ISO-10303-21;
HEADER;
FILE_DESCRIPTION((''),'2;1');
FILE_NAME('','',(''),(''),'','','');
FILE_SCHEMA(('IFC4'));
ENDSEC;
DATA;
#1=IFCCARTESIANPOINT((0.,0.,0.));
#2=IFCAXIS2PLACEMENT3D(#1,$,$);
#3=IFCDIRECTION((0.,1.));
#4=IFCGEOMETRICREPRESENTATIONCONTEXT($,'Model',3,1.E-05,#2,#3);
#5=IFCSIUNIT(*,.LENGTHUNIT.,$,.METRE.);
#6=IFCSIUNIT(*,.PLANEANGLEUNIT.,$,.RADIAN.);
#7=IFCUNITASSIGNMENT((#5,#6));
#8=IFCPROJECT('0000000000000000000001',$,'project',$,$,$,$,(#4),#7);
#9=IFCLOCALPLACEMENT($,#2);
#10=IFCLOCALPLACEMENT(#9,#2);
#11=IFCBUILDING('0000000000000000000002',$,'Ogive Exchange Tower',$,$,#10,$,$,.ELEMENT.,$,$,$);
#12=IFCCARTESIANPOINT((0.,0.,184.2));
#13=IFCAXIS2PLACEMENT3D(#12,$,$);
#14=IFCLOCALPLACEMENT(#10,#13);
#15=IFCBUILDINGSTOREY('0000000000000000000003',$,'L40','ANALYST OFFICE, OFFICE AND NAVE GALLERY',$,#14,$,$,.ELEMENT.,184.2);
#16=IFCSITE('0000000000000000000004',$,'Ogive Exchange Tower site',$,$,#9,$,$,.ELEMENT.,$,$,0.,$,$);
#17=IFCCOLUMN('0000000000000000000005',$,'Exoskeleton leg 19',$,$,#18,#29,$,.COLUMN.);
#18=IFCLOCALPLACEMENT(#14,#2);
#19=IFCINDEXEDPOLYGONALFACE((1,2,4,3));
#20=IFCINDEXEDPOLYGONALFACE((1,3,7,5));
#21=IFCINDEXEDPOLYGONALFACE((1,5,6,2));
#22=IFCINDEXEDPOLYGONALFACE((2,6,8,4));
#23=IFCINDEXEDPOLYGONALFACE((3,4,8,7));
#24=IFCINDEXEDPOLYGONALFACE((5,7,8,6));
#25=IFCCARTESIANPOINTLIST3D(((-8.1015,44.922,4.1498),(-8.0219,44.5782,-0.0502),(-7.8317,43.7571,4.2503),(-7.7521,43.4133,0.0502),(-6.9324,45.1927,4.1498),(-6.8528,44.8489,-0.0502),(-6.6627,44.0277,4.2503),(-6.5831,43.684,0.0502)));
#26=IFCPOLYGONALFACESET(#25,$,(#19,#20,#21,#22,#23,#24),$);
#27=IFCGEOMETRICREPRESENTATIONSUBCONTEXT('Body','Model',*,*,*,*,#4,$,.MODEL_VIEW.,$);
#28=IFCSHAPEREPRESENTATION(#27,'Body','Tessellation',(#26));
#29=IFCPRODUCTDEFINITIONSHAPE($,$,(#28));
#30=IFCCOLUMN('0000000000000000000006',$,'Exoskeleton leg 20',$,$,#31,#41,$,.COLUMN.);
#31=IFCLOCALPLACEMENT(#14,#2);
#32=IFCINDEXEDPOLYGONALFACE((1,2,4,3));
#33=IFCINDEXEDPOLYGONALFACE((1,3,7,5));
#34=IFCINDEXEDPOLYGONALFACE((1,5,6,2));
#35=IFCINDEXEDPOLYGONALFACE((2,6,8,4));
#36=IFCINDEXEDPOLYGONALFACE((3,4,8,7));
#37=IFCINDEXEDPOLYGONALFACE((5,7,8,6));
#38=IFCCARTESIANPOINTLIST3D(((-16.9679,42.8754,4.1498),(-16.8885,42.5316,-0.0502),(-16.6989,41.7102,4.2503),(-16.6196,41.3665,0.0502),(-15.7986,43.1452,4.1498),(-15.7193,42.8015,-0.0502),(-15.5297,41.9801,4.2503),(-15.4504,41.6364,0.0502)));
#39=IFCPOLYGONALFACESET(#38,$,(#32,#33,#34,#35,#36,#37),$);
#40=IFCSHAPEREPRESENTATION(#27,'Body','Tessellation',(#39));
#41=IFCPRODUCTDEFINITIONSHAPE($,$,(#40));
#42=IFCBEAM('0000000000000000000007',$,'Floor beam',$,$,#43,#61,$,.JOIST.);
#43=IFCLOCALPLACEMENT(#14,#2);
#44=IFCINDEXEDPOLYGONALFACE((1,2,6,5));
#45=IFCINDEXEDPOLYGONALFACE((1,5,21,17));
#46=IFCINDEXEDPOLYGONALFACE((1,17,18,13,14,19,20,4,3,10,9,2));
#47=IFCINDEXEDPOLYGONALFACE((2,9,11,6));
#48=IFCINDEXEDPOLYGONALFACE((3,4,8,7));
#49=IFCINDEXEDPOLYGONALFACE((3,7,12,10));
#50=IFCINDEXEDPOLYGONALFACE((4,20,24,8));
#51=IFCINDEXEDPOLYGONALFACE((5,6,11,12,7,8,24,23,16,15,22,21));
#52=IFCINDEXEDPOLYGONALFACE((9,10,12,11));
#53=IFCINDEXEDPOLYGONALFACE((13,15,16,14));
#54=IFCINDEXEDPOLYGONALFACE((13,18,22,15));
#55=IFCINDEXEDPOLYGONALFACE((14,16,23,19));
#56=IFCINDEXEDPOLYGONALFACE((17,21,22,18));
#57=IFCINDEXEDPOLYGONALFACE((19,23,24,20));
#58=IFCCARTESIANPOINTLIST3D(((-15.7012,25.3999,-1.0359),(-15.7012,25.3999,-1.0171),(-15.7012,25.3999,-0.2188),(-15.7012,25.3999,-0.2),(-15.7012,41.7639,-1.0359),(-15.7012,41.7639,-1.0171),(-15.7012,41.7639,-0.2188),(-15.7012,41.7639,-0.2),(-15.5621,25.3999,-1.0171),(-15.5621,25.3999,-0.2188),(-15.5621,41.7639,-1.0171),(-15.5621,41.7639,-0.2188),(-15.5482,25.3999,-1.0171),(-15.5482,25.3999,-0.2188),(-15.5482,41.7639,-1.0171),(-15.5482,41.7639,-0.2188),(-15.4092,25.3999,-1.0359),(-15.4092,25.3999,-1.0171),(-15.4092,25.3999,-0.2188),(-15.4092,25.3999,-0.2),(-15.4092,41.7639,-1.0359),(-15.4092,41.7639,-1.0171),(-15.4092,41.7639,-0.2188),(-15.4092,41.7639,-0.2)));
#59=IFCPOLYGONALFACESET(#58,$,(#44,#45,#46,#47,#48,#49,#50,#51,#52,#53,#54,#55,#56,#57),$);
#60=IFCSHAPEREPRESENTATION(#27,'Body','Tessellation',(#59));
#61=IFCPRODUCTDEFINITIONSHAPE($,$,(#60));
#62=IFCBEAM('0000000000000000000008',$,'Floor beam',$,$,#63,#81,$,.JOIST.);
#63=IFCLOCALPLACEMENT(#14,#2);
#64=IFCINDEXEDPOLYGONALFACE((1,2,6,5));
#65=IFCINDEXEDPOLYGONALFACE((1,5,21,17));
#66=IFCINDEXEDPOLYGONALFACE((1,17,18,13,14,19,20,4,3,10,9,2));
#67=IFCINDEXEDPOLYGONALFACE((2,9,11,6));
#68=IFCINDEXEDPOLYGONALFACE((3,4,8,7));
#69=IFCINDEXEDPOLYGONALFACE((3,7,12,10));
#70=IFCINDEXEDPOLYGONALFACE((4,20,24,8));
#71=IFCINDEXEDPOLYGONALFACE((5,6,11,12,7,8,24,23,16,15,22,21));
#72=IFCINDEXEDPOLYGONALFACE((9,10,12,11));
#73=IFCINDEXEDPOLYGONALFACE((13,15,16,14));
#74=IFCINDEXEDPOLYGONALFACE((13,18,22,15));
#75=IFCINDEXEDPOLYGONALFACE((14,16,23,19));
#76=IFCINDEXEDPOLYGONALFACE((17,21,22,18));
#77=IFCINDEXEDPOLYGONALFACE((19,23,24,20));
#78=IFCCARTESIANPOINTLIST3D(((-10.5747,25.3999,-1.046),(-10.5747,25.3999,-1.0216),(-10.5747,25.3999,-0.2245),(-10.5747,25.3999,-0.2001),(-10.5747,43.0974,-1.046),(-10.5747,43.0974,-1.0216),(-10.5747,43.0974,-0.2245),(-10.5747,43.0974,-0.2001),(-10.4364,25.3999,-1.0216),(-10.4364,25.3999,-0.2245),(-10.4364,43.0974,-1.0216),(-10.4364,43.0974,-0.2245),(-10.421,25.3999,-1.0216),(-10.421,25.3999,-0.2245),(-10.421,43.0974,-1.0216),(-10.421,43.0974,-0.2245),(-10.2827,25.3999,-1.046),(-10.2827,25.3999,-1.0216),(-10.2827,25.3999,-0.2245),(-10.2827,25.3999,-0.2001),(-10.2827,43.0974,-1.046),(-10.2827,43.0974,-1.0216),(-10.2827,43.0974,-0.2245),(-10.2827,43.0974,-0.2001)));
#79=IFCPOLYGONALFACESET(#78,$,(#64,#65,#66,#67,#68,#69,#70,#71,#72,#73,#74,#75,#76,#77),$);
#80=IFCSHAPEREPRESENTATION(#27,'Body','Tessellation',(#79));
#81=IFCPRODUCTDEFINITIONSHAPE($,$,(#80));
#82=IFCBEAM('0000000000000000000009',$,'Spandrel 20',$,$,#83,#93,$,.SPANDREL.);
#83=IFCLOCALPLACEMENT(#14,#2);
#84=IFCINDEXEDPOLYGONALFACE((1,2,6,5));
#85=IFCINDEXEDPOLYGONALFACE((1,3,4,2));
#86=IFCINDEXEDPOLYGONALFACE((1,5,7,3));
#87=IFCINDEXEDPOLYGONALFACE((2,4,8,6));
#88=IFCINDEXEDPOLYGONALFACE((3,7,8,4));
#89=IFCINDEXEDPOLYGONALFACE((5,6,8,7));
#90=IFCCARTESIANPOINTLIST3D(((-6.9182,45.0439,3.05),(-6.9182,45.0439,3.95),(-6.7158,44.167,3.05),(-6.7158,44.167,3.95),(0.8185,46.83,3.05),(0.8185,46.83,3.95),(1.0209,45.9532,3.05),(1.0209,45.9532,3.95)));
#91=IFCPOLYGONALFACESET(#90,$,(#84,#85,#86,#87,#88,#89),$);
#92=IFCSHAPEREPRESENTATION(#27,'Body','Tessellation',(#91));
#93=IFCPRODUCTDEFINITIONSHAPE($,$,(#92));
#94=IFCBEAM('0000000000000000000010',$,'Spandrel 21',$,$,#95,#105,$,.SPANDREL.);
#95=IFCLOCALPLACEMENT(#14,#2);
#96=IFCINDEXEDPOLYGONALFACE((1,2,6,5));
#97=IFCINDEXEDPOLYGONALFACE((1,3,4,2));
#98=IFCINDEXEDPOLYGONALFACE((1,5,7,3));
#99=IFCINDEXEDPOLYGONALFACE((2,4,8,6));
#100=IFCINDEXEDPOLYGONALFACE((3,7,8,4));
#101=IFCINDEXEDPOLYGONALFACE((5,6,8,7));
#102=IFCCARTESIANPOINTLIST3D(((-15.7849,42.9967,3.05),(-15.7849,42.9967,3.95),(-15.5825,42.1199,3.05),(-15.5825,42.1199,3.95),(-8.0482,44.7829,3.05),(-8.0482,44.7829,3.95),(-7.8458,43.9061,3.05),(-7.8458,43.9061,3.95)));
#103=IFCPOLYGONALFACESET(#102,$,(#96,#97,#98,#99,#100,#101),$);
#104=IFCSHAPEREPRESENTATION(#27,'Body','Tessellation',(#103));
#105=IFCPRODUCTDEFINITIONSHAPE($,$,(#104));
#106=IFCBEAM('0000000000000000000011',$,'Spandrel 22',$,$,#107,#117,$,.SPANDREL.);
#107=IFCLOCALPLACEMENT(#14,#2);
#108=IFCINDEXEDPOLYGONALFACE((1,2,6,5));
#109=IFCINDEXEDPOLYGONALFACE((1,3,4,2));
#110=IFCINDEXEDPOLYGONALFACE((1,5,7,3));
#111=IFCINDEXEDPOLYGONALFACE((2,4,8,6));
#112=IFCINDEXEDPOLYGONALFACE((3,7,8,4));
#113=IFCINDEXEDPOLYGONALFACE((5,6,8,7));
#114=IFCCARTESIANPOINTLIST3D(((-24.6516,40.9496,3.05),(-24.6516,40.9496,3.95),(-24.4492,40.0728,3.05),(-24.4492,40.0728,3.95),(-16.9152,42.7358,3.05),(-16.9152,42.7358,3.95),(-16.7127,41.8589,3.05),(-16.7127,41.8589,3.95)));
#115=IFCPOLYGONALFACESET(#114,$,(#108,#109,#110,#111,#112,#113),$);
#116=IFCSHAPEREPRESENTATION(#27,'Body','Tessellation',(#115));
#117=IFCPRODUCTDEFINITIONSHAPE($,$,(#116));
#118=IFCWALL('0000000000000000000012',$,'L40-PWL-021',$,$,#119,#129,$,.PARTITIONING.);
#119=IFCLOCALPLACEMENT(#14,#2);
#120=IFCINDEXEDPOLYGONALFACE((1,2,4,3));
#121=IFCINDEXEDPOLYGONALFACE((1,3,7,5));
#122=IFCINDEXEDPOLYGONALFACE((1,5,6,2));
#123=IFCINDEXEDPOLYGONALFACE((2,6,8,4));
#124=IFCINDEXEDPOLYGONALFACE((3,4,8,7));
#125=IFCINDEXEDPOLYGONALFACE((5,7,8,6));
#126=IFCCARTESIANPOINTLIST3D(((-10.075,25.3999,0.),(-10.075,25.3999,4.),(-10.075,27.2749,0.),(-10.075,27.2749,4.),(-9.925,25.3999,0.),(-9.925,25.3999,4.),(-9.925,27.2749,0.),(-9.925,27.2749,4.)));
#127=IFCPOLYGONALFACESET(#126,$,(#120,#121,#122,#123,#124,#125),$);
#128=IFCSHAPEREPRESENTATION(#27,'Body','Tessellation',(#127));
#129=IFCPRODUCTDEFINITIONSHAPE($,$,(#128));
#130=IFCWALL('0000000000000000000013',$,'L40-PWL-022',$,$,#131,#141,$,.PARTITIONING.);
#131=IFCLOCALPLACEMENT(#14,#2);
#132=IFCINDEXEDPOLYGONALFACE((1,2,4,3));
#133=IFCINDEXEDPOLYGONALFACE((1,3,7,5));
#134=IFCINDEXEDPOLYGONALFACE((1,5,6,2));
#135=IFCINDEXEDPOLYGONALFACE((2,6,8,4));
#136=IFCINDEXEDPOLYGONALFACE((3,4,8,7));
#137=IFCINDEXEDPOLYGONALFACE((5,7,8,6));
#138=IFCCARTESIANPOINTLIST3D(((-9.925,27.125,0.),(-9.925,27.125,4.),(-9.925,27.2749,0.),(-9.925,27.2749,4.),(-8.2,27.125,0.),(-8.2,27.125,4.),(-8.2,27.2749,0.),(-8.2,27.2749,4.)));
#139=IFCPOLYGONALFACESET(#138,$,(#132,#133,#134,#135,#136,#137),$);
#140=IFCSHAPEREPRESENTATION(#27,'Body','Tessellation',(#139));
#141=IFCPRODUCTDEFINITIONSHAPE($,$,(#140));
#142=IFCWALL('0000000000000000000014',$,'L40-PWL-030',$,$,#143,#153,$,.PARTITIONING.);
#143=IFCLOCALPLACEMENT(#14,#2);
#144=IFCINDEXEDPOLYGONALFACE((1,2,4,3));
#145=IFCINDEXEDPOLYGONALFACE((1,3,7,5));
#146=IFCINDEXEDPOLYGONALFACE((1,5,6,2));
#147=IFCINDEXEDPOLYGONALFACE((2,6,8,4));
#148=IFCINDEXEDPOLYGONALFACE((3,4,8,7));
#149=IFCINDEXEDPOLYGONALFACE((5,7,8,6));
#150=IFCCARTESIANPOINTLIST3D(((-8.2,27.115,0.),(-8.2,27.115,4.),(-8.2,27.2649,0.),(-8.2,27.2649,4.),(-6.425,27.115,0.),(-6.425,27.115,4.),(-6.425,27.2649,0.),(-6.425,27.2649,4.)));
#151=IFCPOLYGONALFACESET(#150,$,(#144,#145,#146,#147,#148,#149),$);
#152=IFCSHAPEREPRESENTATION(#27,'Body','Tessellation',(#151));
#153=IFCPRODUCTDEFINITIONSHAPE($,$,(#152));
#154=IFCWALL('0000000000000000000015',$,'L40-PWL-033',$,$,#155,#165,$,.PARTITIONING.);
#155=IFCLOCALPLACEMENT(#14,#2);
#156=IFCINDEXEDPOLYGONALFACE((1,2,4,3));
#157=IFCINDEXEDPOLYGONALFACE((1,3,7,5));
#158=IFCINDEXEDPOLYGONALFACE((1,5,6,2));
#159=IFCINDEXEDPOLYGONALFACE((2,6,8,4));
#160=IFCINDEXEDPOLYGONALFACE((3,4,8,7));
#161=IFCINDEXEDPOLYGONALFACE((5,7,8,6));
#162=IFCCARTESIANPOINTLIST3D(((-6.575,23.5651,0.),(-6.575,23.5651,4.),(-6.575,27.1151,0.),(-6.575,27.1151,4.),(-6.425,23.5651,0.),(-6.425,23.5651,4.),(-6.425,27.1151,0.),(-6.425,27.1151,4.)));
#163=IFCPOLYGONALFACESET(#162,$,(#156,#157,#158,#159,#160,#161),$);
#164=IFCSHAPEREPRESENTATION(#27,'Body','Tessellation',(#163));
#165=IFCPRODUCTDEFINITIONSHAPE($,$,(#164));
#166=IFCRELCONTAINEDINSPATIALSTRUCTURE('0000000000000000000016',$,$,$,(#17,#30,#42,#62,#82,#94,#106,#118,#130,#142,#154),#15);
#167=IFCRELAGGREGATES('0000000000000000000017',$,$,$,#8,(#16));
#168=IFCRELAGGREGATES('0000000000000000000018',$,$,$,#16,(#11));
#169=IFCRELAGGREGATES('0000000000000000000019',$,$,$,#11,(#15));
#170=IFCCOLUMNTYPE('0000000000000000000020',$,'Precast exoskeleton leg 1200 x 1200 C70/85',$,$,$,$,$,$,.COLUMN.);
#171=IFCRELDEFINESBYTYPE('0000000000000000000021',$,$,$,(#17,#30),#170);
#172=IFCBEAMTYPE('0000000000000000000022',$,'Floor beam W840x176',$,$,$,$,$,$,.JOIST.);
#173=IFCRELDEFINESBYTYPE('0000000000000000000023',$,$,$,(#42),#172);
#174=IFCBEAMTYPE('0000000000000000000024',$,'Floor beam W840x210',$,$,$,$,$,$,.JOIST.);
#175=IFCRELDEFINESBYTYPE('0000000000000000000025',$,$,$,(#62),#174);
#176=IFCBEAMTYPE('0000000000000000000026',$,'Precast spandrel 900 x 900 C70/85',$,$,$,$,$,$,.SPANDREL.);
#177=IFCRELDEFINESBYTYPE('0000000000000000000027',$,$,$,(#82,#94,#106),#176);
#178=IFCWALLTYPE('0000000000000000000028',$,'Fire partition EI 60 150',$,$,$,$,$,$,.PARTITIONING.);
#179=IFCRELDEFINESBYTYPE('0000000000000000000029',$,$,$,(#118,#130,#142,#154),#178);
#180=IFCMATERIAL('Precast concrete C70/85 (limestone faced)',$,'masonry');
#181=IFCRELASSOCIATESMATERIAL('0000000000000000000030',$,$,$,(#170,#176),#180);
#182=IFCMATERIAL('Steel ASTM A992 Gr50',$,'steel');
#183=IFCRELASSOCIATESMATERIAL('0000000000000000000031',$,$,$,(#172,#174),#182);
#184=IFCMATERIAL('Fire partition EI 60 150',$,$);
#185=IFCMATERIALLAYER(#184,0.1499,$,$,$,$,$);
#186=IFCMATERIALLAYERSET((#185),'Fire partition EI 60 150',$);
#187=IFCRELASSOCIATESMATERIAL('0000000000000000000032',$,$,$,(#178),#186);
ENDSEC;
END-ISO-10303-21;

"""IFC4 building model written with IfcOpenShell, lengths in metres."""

from ifc_helpers import new_model, si_unit, direction, frame, frame_2d, origin, origin_2d, place, context, subcontext, project, spatial, rectangle, i_section, extrude, material, layer, layer_set, material_profile, profile_set, type_object, element, save


model = new_model("IFC4")

# Units and contexts
model_context = context("Model", 3, precision=1e-05, world=origin(), true_north=direction((0.0, 1.0)))
body_context = subcontext(model_context, "Body", "Model", "MODEL_VIEW")
ifc_project = project(units=[si_unit("LENGTHUNIT", "METRE"), si_unit("PLANEANGLEUNIT", "RADIAN")], contexts=[model_context])

# Site, building, storey
site_placement = place(None, origin())
site = spatial("IfcSite", under=ifc_project, at=site_placement, Name="Ogive Exchange Tower site", CompositionType="ELEMENT", RefElevation=0.0)
building_placement = place(site_placement, origin())
building = spatial("IfcBuilding", under=site, at=building_placement, Name="Ogive Exchange Tower", CompositionType="ELEMENT")
storey_placement = place(building_placement, frame((0.0, 0.0, 184.2)))
storey = spatial("IfcBuildingStorey", under=building, at=storey_placement, Name="L40", Description="ANALYST OFFICE, OFFICE AND NAVE GALLERY", CompositionType="ELEMENT", Elevation=184.2)

# Columns
ifc_material_1 = material(Name="Precast concrete C70/85 (limestone faced)", Category="masonry")
ifc_material_profile_1 = material_profile(ifc_material_1, rectangle(XDim=1.2, YDim=1.2, at=origin_2d()), Name="1200 x 1200")
ifc_profile_set_1 = profile_set([ifc_material_profile_1], Name="Precast concrete C70/85 (limestone faced)")
column_type = type_object("IfcColumnType", Name="Precast exoskeleton leg 1200 x 1200 C70/85", PredefinedType="COLUMN", material=ifc_profile_set_1)
for number, where, z_axis, x_axis, name in (
    (1, (-7.3025, 44.1311, 0.0), (-0.018884, 0.081559, 0.99649), (-0.974228, -0.225567, 0.0), "Exoskeleton leg 19"),
    (2, (-16.1694, 42.084, 0.0), (-0.018826, 0.081559, 0.996491), (-0.97438, -0.22491, 0.0), "Exoskeleton leg 20"),
):
    element("IfcColumn", number, at=place(storey_placement, frame(where, z_axis=z_axis, x_axis=x_axis)), inside=storey, type_object=column_type, Name=name, PredefinedType="COLUMN", context=body_context, shape_type="SweptSolid", body=[
        extrude(rectangle(XDim=1.2, YDim=1.2, at=origin_2d()), origin(), (0.0, 0.0, 1.0), 4.2148),
    ])

# Beams
ifc_material_2 = material(Name="Steel ASTM A992 Gr50", Category="steel")
ifc_material_profile_2 = material_profile(ifc_material_2, i_section(OverallWidth=0.292, OverallDepth=0.8359, WebThickness=0.0139, FlangeThickness=0.0188, at=origin_2d()), Name="W840x176")
ifc_profile_set_2 = profile_set([ifc_material_profile_2], Name="Steel ASTM A992 Gr50")
beam_type_1 = type_object("IfcBeamType", Name="Floor beam W840x176", PredefinedType="JOIST", material=ifc_profile_set_2)
beam_1_placement = place(storey_placement, frame((-15.5552, 25.3999, -0.6179), z_axis=(0.0, 1.0, 0.0), x_axis=(-1.0, 0.0, 0.0)))
element("IfcBeam", 3, at=beam_1_placement, inside=storey, type_object=beam_type_1, Name="Floor beam", PredefinedType="JOIST", context=body_context, shape_type="SweptSolid", body=[
    extrude(i_section(OverallWidth=0.292, OverallDepth=0.8359, WebThickness=0.0139, FlangeThickness=0.0188, at=origin_2d()), origin(), (0.0, 0.0, 1.0), 16.364),
])
ifc_material_profile_3 = material_profile(ifc_material_2, i_section(OverallWidth=0.292, OverallDepth=0.8459, WebThickness=0.0154, FlangeThickness=0.0244, at=origin_2d()), Name="W840x210")
ifc_profile_set_3 = profile_set([ifc_material_profile_3], Name="Steel ASTM A992 Gr50")
beam_type_2 = type_object("IfcBeamType", Name="Floor beam W840x210", PredefinedType="JOIST", material=ifc_profile_set_3)
beam_2_placement = place(storey_placement, frame((-10.4287, 25.3999, -0.623), z_axis=(0.0, 1.0, 0.0), x_axis=(-1.0, 0.0, 0.0)))
element("IfcBeam", 4, at=beam_2_placement, inside=storey, type_object=beam_type_2, Name="Floor beam", PredefinedType="JOIST", context=body_context, shape_type="SweptSolid", body=[
    extrude(i_section(OverallWidth=0.292, OverallDepth=0.8459, WebThickness=0.0154, FlangeThickness=0.0244, at=origin_2d()), origin(), (0.0, 0.0, 1.0), 17.6975),
])
ifc_material_profile_4 = material_profile(ifc_material_1, rectangle(XDim=0.8999, YDim=0.8999, at=origin_2d()), Name="900 x 900")
ifc_profile_set_4 = profile_set([ifc_material_profile_4], Name="Precast concrete C70/85 (limestone faced)")
beam_type_3 = type_object("IfcBeamType", Name="Precast spandrel 900 x 900 C70/85", PredefinedType="SPANDREL", material=ifc_profile_set_4)
for number, where, z_axis, x_axis, name in (
    (5, (0.9197, 46.3916, 3.5), (-0.97437, -0.224952, 0.0), (0.224952, -0.97437, 0.0), "Spandrel 20"),
    (6, (-7.947, 44.3445, 3.5), (-0.97437, -0.224952, 0.0), (0.224952, -0.97437, 0.0), "Spandrel 21"),
):
    element("IfcBeam", number, at=place(storey_placement, frame(where, z_axis=z_axis, x_axis=x_axis)), inside=storey, type_object=beam_type_3, Name=name, PredefinedType="SPANDREL", context=body_context, shape_type="SweptSolid", body=[
        extrude(rectangle(XDim=0.8999, YDim=0.8999, at=origin_2d()), origin(), (0.0, 0.0, 1.0), 7.9402),
    ])
beam_3_placement = place(storey_placement, frame((-16.814, 42.2974, 3.5), z_axis=(-0.974368, -0.224958, 0.0), x_axis=(0.224958, -0.974368, 0.0)))
element("IfcBeam", 7, at=beam_3_placement, inside=storey, type_object=beam_type_3, Name="Spandrel 22", PredefinedType="SPANDREL", context=body_context, shape_type="SweptSolid", body=[
    extrude(rectangle(XDim=0.8999, YDim=0.8999, at=origin_2d()), origin(), (0.0, 0.0, 1.0), 7.9399),
])

# Walls
ifc_material_3 = material(Name="Fire partition EI 60 150")
ifc_layer_1 = layer(ifc_material_3, 0.1499)
ifc_layer_set_1 = layer_set([ifc_layer_1], Name="Fire partition EI 60 150")
wall_type_1 = type_object("IfcWallType", Name="Fire partition EI 60 150", PredefinedType="PARTITIONING", material=ifc_layer_set_1)
wall_1_placement = place(storey_placement, frame((-10.0, 25.3999, 0.0), z_axis=(0.0, 0.0, 1.0), x_axis=(0.0, 1.0, 0.0)))
element("IfcWall", 8, at=wall_1_placement, inside=storey, type_object=wall_type_1, Name="L40-PWL-021", PredefinedType="PARTITIONING", context=body_context, shape_type="SweptSolid", body=[
    extrude(rectangle(XDim=1.875, YDim=0.1499, at=frame_2d((0.9375, 0.0))), origin(), (0.0, 0.0, 1.0), 4.0),
])
wall_2_placement = place(storey_placement, frame((-9.925, 27.2, 0.0), z_axis=(0.0, 0.0, 1.0), x_axis=(1.0, 0.0, 0.0)))
element("IfcWall", 9, at=wall_2_placement, inside=storey, type_object=wall_type_1, Name="L40-PWL-022", PredefinedType="PARTITIONING", context=body_context, shape_type="SweptSolid", body=[
    extrude(rectangle(XDim=1.7251, YDim=0.1499, at=frame_2d((0.8625, 0.0))), origin(), (0.0, 0.0, 1.0), 4.0),
])
wall_3_placement = place(storey_placement, frame((-8.2, 27.1899, 0.0), z_axis=(0.0, 0.0, 1.0), x_axis=(1.0, 0.0, 0.0)))
element("IfcWall", 10, at=wall_3_placement, inside=storey, type_object=wall_type_1, Name="L40-PWL-030", PredefinedType="PARTITIONING", context=body_context, shape_type="SweptSolid", body=[
    extrude(rectangle(XDim=1.7749, YDim=0.1499, at=frame_2d((0.8875, 0.0))), origin(), (0.0, 0.0, 1.0), 4.0),
])
wall_4_placement = place(storey_placement, frame((-6.5, 27.115, 0.0), z_axis=(0.0, 0.0, 1.0), x_axis=(0.0, -1.0, 0.0)))
element("IfcWall", 11, at=wall_4_placement, inside=storey, type_object=wall_type_1, Name="L40-PWL-033", PredefinedType="PARTITIONING", context=body_context, shape_type="SweptSolid", body=[
    extrude(rectangle(XDim=3.55, YDim=0.1499, at=frame_2d((1.7749, 0.0))), origin(), (0.0, 0.0, 1.0), 4.0),
])

save(model, "model.ifc")
